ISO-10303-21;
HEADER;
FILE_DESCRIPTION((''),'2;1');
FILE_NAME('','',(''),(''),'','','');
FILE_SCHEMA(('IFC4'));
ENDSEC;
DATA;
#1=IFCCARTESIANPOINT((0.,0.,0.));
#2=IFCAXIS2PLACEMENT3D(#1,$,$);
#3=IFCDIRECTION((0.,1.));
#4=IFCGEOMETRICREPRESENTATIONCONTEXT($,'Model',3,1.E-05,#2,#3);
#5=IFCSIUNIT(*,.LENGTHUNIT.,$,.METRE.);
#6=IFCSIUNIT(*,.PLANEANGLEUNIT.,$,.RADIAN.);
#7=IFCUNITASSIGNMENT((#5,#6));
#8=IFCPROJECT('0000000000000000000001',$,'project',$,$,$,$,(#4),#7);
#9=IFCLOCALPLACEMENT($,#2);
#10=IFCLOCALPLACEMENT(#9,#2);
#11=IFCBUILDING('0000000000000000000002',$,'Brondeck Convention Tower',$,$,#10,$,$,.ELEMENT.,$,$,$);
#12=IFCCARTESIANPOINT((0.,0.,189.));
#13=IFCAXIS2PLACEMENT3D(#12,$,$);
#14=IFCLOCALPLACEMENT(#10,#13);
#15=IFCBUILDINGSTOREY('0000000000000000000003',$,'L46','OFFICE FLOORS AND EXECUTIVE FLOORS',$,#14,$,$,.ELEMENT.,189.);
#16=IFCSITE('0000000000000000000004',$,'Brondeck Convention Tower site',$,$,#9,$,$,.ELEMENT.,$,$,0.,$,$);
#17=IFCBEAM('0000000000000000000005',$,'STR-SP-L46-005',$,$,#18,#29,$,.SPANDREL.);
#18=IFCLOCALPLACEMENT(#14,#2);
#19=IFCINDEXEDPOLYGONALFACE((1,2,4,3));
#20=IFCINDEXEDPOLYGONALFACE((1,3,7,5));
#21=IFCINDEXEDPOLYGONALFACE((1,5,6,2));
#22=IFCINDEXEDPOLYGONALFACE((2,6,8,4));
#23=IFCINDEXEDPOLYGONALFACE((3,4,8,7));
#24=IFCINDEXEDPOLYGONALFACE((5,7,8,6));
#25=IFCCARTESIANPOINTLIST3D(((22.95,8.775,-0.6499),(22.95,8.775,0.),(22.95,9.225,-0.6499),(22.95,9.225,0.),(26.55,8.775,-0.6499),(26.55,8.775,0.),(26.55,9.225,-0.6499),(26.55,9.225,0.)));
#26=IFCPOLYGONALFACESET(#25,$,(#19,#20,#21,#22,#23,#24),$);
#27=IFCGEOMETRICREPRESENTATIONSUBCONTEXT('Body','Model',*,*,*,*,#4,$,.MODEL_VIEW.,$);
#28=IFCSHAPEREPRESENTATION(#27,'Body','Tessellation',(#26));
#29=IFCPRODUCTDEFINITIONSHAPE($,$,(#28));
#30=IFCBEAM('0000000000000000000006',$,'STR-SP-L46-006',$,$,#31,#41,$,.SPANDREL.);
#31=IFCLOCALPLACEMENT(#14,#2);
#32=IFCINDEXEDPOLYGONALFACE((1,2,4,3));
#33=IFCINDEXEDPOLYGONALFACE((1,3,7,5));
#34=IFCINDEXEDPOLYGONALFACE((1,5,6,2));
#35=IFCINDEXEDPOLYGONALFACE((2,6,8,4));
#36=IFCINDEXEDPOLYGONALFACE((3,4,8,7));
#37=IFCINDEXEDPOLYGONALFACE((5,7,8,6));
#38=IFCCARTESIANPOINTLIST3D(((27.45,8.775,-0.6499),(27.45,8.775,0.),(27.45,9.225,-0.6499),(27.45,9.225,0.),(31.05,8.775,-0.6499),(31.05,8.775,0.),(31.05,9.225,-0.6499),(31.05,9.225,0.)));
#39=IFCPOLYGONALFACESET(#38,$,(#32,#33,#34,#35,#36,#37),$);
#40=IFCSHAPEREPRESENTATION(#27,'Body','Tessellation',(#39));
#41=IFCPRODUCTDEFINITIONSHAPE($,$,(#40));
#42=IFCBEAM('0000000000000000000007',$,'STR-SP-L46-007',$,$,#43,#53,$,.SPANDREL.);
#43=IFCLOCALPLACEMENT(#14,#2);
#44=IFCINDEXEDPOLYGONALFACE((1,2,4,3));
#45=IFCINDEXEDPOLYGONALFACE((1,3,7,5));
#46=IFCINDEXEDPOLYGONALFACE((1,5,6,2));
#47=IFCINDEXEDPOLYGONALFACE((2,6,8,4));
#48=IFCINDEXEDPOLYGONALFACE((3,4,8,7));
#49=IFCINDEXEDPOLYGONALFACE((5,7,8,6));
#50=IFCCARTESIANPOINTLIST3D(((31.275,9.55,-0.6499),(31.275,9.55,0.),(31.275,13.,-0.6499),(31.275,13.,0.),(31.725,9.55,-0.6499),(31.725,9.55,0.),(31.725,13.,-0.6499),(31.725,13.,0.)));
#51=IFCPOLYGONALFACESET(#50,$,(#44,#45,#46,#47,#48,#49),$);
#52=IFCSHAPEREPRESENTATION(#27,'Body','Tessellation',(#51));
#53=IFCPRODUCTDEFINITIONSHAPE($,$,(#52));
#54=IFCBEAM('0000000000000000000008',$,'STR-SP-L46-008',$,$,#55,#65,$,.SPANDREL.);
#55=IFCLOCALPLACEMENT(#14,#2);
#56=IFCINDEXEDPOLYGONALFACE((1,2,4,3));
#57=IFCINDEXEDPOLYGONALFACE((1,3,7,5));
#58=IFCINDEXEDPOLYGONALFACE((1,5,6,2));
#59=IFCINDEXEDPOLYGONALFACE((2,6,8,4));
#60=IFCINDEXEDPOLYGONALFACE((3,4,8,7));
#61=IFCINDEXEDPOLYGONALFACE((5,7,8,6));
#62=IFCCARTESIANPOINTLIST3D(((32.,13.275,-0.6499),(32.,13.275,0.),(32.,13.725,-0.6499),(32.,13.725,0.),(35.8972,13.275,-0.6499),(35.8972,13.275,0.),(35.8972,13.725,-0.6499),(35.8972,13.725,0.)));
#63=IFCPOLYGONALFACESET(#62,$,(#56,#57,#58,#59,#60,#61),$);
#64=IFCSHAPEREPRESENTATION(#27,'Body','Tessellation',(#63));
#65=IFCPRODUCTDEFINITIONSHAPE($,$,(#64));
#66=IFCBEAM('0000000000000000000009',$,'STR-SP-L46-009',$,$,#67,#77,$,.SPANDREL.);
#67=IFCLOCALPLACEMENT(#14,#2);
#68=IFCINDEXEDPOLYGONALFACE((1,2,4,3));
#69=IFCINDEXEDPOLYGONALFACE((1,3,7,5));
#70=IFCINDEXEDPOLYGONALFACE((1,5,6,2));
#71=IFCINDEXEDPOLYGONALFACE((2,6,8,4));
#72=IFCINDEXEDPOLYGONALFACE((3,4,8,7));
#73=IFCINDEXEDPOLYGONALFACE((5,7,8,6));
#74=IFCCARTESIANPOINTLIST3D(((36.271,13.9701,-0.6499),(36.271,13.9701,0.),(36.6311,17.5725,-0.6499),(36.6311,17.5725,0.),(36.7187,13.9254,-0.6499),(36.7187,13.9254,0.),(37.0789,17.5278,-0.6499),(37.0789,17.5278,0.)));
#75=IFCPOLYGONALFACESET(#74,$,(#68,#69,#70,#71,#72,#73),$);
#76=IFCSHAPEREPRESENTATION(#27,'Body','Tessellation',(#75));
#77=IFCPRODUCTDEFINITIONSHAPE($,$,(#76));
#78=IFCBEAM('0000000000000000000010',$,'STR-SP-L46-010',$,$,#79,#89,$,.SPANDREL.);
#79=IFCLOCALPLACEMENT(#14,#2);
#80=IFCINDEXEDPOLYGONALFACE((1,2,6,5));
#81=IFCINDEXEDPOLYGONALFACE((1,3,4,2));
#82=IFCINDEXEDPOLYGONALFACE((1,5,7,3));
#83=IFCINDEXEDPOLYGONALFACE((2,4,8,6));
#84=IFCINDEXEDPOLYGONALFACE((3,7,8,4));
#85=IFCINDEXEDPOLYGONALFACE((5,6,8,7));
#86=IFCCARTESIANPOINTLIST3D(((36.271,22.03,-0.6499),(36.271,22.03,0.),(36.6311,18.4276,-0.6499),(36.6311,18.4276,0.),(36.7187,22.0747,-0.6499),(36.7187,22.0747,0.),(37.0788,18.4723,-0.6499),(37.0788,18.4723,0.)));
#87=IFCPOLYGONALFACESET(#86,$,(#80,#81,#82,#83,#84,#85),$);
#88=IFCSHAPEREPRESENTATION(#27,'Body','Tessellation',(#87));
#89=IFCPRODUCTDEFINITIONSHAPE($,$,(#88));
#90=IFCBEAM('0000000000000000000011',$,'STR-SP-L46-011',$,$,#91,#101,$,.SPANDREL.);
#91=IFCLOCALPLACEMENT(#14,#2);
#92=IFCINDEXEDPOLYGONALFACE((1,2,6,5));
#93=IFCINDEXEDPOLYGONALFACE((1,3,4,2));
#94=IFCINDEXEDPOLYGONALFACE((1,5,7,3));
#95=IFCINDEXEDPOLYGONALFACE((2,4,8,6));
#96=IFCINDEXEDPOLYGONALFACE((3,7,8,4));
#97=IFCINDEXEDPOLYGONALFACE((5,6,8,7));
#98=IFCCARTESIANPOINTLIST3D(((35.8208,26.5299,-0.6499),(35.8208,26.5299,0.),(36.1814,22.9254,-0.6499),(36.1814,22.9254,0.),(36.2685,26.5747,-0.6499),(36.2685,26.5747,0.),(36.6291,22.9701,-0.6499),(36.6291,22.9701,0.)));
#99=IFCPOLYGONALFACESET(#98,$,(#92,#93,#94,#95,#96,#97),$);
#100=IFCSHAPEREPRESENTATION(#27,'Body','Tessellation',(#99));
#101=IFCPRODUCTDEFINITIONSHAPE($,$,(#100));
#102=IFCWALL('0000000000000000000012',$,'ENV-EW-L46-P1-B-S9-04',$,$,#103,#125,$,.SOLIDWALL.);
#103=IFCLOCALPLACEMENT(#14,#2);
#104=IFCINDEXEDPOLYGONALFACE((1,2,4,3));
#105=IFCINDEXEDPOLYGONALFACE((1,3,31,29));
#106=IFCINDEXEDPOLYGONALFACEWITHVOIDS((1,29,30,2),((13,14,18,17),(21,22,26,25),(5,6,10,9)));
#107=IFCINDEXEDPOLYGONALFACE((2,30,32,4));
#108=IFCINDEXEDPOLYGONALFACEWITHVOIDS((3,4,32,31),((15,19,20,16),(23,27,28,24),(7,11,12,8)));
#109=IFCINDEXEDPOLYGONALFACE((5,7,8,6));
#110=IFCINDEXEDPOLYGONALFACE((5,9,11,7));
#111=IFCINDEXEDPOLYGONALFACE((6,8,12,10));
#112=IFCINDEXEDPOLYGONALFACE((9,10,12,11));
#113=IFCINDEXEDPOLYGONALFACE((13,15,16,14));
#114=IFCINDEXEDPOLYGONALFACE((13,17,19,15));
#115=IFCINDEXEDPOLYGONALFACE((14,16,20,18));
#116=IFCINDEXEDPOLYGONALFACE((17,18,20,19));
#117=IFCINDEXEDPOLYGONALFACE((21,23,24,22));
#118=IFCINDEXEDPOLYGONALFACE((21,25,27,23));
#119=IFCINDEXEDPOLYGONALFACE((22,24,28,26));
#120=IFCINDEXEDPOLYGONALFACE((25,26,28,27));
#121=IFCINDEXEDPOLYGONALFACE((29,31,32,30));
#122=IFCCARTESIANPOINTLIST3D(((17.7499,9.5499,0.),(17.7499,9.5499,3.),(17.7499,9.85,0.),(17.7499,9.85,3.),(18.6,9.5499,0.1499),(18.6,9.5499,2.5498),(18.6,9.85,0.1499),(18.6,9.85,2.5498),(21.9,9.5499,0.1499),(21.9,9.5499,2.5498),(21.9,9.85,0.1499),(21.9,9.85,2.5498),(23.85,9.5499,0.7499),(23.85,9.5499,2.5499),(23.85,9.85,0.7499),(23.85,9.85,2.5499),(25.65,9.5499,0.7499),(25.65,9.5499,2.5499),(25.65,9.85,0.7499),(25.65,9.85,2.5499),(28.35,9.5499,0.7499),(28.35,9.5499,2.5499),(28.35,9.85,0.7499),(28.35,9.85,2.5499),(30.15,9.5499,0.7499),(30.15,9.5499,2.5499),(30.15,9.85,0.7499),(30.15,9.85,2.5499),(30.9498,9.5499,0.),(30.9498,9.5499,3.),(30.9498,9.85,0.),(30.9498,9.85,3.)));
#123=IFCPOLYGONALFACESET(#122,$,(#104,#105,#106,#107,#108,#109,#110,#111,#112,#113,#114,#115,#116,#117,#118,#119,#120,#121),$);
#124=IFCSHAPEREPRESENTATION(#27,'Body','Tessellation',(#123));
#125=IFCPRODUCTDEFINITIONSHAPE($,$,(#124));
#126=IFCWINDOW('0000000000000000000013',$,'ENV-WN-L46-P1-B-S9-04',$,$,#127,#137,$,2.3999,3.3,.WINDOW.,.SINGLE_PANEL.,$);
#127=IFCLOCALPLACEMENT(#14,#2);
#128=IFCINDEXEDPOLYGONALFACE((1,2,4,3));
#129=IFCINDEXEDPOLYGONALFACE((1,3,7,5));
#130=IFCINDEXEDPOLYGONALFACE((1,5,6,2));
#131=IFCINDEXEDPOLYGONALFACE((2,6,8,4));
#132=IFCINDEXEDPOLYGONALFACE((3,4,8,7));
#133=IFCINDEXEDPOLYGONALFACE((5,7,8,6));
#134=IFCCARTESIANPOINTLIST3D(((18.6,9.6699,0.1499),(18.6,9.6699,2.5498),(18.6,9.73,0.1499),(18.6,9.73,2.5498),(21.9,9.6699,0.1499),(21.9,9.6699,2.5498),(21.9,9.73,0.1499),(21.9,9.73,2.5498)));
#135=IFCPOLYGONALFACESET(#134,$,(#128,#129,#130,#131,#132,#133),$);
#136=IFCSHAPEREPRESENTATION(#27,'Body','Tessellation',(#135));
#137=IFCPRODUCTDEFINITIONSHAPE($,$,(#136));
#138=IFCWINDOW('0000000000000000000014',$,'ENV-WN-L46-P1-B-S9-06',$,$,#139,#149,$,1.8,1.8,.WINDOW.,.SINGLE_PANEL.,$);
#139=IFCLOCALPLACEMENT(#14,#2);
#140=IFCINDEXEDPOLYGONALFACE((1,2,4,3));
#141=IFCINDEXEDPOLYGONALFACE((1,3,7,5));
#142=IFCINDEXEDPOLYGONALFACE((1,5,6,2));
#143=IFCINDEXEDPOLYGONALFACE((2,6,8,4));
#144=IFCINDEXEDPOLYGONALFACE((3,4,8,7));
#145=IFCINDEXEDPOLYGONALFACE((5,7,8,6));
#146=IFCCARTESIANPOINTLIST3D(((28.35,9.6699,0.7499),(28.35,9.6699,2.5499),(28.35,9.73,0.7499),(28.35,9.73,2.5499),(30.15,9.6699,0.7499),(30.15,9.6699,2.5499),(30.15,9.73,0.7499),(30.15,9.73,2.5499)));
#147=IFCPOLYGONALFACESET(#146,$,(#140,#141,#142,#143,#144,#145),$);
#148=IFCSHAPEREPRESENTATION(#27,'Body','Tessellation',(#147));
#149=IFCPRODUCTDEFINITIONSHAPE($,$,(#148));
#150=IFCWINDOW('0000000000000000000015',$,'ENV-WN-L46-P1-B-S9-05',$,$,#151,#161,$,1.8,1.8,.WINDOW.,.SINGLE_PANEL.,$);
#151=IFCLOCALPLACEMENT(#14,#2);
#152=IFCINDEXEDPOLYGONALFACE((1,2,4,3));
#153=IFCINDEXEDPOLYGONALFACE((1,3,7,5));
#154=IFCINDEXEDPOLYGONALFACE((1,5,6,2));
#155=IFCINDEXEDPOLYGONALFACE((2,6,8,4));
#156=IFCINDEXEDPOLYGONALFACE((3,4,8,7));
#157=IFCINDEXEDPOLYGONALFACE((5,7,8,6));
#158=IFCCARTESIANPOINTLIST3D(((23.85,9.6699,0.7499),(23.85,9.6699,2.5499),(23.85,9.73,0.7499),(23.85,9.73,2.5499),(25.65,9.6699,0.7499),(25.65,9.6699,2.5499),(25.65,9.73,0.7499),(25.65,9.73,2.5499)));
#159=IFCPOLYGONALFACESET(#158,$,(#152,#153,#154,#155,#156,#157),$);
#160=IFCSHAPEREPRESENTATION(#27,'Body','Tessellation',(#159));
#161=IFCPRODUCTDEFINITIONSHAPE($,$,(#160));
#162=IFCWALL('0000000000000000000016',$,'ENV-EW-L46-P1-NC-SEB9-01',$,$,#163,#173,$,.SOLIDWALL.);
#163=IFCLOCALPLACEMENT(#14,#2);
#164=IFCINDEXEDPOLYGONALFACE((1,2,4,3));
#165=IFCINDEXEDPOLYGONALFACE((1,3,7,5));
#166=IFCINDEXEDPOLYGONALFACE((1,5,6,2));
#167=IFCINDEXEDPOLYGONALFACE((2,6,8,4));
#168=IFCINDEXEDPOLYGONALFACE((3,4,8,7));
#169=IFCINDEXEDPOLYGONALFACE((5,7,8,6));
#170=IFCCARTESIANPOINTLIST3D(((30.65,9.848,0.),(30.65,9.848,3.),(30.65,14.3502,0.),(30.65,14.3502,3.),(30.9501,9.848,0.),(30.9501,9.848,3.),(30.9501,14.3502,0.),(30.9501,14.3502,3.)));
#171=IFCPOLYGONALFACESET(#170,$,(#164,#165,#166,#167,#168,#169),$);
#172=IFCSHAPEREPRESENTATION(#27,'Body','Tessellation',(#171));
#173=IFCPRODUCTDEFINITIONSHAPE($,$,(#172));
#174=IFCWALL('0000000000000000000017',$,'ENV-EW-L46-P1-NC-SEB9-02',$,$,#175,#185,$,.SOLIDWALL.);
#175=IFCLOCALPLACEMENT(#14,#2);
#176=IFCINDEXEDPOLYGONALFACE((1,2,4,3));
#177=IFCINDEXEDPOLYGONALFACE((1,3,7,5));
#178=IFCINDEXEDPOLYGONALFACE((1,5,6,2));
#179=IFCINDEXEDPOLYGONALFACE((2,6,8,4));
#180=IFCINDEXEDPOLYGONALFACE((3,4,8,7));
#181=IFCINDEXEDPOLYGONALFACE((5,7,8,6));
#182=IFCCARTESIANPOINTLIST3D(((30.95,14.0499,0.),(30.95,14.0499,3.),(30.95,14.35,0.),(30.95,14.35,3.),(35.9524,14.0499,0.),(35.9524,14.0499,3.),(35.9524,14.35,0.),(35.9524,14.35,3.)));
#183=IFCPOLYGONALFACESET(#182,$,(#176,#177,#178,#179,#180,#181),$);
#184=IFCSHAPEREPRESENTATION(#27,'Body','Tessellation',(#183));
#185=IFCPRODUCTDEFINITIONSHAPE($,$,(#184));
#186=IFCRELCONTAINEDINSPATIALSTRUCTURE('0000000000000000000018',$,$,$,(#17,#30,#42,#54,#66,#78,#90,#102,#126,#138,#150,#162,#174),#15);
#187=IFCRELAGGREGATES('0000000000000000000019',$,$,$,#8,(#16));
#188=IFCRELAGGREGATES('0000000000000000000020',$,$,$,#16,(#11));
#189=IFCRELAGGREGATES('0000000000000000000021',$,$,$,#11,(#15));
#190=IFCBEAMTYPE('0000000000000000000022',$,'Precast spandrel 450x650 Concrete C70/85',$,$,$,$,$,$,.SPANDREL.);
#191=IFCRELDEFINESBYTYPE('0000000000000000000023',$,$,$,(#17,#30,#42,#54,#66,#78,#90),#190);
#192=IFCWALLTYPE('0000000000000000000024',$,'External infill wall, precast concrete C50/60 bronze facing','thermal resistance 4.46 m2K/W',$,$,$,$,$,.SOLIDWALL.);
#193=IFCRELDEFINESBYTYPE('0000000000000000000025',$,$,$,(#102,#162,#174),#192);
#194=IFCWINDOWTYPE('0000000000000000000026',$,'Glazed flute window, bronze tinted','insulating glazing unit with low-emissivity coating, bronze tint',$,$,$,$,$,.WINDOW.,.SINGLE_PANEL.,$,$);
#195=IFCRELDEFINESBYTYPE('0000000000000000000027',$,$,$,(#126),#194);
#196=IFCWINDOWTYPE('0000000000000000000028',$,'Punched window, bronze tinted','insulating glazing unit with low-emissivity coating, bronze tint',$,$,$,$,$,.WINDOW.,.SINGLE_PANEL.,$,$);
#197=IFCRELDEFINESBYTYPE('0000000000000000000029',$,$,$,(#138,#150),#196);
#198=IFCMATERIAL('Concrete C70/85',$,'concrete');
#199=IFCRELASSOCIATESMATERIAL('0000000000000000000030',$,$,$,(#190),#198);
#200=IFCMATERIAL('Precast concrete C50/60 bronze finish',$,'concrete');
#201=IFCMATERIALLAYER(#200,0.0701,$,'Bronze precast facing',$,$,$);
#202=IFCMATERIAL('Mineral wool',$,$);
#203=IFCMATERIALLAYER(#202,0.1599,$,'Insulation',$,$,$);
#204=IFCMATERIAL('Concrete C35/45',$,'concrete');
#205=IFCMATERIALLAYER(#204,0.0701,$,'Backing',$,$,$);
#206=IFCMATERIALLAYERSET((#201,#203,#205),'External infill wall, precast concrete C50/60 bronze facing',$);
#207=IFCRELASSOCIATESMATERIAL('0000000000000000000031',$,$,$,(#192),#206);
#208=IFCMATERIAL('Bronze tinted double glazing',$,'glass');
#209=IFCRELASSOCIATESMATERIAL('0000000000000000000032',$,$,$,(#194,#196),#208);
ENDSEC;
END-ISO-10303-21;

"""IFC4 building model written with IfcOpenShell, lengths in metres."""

from ifc_helpers import new_model, si_unit, direction, frame, frame_2d, origin, origin_2d, place, context, subcontext, project, spatial, rectangle, extrude, material, layer, layer_set, material_profile, profile_set, type_object, element, fill, save


model = new_model("IFC4")

# Units and contexts
model_context = context("Model", 3, precision=1e-05, world=origin(), true_north=direction((0.0, 1.0)))
body_context = subcontext(model_context, "Body", "Model", "MODEL_VIEW")
ifc_project = project(units=[si_unit("LENGTHUNIT", "METRE"), si_unit("PLANEANGLEUNIT", "RADIAN")], contexts=[model_context])

# Site, building, storey
site_placement = place(None, origin())
site = spatial("IfcSite", under=ifc_project, at=site_placement, Name="Brondeck Convention Tower site", CompositionType="ELEMENT", RefElevation=0.0)
building_placement = place(site_placement, origin())
building = spatial("IfcBuilding", under=site, at=building_placement, Name="Brondeck Convention Tower", CompositionType="ELEMENT")
storey_placement = place(building_placement, frame((0.0, 0.0, 189.0)))
storey = spatial("IfcBuildingStorey", under=building, at=storey_placement, Name="L46", Description="OFFICE FLOORS AND EXECUTIVE FLOORS", CompositionType="ELEMENT", Elevation=189.0)

# Shared definitions
ifc_material_1 = material(Name="Concrete C70/85", Category="concrete")

# Beams
ifc_material_profile_1 = material_profile(ifc_material_1, rectangle(XDim=0.45, YDim=0.6499, at=origin_2d()), Name="Precast spandrel 450x650 Concrete C70/85")
ifc_profile_set_1 = profile_set([ifc_material_profile_1], Name="Concrete C70/85")
beam_type_1 = type_object("IfcBeamType", Name="Precast spandrel 450x650 Concrete C70/85", PredefinedType="SPANDREL", material=ifc_profile_set_1)
for number, where, z_axis, x_axis, name in (
    (1, (22.95, 9.0, -0.325), (1.0, 0.0, 0.0), (0.0, 1.0, 0.0), "STR-SP-L46-005"),
    (2, (27.45, 9.0, -0.325), (1.0, 0.0, 0.0), (0.0, 1.0, 0.0), "STR-SP-L46-006"),
):
    element("IfcBeam", number, at=place(storey_placement, frame(where, z_axis=z_axis, x_axis=x_axis)), inside=storey, type_object=beam_type_1, Name=name, PredefinedType="SPANDREL", context=body_context, shape_type="SweptSolid", body=[
        extrude(rectangle(XDim=0.45, YDim=0.6499, at=origin_2d()), origin(), (0.0, 0.0, 1.0), 3.6001),
    ])
beam_1_placement = place(storey_placement, frame((31.5, 9.55, -0.325), z_axis=(0.0, 1.0, 0.0), x_axis=(-1.0, 0.0, 0.0)))
element("IfcBeam", 3, at=beam_1_placement, inside=storey, type_object=beam_type_1, Name="STR-SP-L46-007", PredefinedType="SPANDREL", context=body_context, shape_type="SweptSolid", body=[
    extrude(rectangle(XDim=0.45, YDim=0.6499, at=origin_2d()), origin(), (0.0, 0.0, 1.0), 3.45),
])
beam_2_placement = place(storey_placement, frame((32.0, 13.5, -0.325), z_axis=(1.0, 0.0, 0.0), x_axis=(0.0, 1.0, 0.0)))
element("IfcBeam", 4, at=beam_2_placement, inside=storey, type_object=beam_type_1, Name="STR-SP-L46-008", PredefinedType="SPANDREL", context=body_context, shape_type="SweptSolid", body=[
    extrude(rectangle(XDim=0.45, YDim=0.6499, at=origin_2d()), origin(), (0.0, 0.0, 1.0), 3.8972),
])
for number, where, z_axis, x_axis, name in (
    (5, (36.4949, 13.9478, -0.325), (0.09947, 0.995041, 0.0), (-0.995041, 0.09947, 0.0), "STR-SP-L46-009"),
    (6, (36.855, 18.45, -0.325), (-0.09947, 0.995041, 0.0), (-0.995041, -0.09947, 0.0), "STR-SP-L46-010"),
):
    element("IfcBeam", number, at=place(storey_placement, frame(where, z_axis=z_axis, x_axis=x_axis)), inside=storey, type_object=beam_type_1, Name=name, PredefinedType="SPANDREL", context=body_context, shape_type="SweptSolid", body=[
        extrude(rectangle(XDim=0.45, YDim=0.6499, at=origin_2d()), origin(), (0.0, 0.0, 1.0), 3.6204),
    ])
beam_3_placement = place(storey_placement, frame((36.4053, 22.9478, -0.325), z_axis=(-0.099544, 0.995033, 0.0), x_axis=(-0.995033, -0.099544, 0.0)))
element("IfcBeam", 7, at=beam_3_placement, inside=storey, type_object=beam_type_1, Name="STR-SP-L46-011", PredefinedType="SPANDREL", context=body_context, shape_type="SweptSolid", body=[
    extrude(rectangle(XDim=0.45, YDim=0.6499, at=origin_2d()), origin(), (0.0, 0.0, 1.0), 3.6226),
])

# Wall, openings, windows
ifc_material_2 = material(Name="Precast concrete C50/60 bronze finish", Category="concrete")
ifc_layer_1 = layer(ifc_material_2, 0.0701, Name="Bronze precast facing")
ifc_material_3 = material(Name="Mineral wool")
ifc_layer_2 = layer(ifc_material_3, 0.1599, Name="Insulation")
ifc_material_4 = material(Name="Concrete C35/45", Category="concrete")
ifc_layer_3 = layer(ifc_material_4, 0.0701, Name="Backing")
ifc_layer_set_1 = layer_set([ifc_layer_1, ifc_layer_2, ifc_layer_3], Name="External infill wall, precast concrete C50/60 bronze facing")
wall_type_1 = type_object("IfcWallType", Name="External infill wall, precast concrete C50/60 bronze facing", Description="thermal resistance 4.46 m2K/W", PredefinedType="SOLIDWALL", material=ifc_layer_set_1)
wall_1_placement = place(storey_placement, frame((30.95, 9.7, 0.0), z_axis=(0.0, 0.0, 1.0), x_axis=(-1.0, 0.0, 0.0)))
wall_1 = element("IfcWall", 8, at=wall_1_placement, inside=storey, type_object=wall_type_1, Name="ENV-EW-L46-P1-B-S9-04", PredefinedType="SOLIDWALL", context=body_context, shape_type="SweptSolid", body=[
    extrude(rectangle(XDim=13.2, YDim=0.3, at=frame_2d((6.6001, 0.0))), origin(), (0.0, 0.0, 1.0), 3.0),
])
opening_1_placement = place(wall_1_placement, frame((0.8, 0.0, 0.75)))
opening_1 = element("IfcOpeningElement", 9, at=opening_1_placement, cuts=wall_1, PredefinedType="OPENING", context=body_context, shape_type="SweptSolid", body=[
    extrude(rectangle(XDim=1.8, YDim=1.8, at=frame_2d((0.8999, 0.8999))), frame((0.0, 0.1599, 0.0), z_axis=(0.0, -1.0, 0.0), x_axis=(1.0, 0.0, 0.0)), (0.0, 0.0, 1.0), 0.3201),
])
opening_2_placement = place(wall_1_placement, frame((5.3, 0.0, 0.75)))
opening_2 = element("IfcOpeningElement", 10, at=opening_2_placement, cuts=wall_1, PredefinedType="OPENING", context=body_context, shape_type="SweptSolid", body=[
    extrude(rectangle(XDim=1.8, YDim=1.8, at=frame_2d((0.8999, 0.8999))), frame((0.0, 0.1599, 0.0), z_axis=(0.0, -1.0, 0.0), x_axis=(1.0, 0.0, 0.0)), (0.0, 0.0, 1.0), 0.3201),
])
opening_3_placement = place(wall_1_placement, frame((9.05, 0.0, 0.1499)))
opening_3 = element("IfcOpeningElement", 11, at=opening_3_placement, cuts=wall_1, PredefinedType="OPENING", context=body_context, shape_type="SweptSolid", body=[
    extrude(rectangle(XDim=3.3, YDim=2.3999, at=frame_2d((1.6499, 1.2))), frame((0.0, 0.1599, 0.0), z_axis=(0.0, -1.0, 0.0), x_axis=(1.0, 0.0, 0.0)), (0.0, 0.0, 1.0), 0.3201),
])
ifc_material_5 = material(Name="Bronze tinted double glazing", Category="glass")
window_type_1 = type_object("IfcWindowType", Name="Glazed flute window, bronze tinted", Description="insulating glazing unit with low-emissivity coating, bronze tint", PartitioningType="SINGLE_PANEL", PredefinedType="WINDOW", material=ifc_material_5)
window_1_placement = place(opening_3_placement, origin())
window_1 = element("IfcWindow", 12, at=window_1_placement, inside=storey, type_object=window_type_1, Name="ENV-WN-L46-P1-B-S9-04", OverallHeight=2.3999, OverallWidth=3.3, PartitioningType="SINGLE_PANEL", PredefinedType="WINDOW", context=body_context, shape_type="SweptSolid", body=[
    extrude(rectangle(XDim=3.3, YDim=2.3999, at=frame_2d((1.6499, 1.2))), frame((0.0, 0.03, 0.0), z_axis=(0.0, -1.0, 0.0), x_axis=(1.0, 0.0, 0.0)), (0.0, 0.0, 1.0), 0.0601),
])
fill(opening_3, window_1)
window_type_2 = type_object("IfcWindowType", Name="Punched window, bronze tinted", Description="insulating glazing unit with low-emissivity coating, bronze tint", PartitioningType="SINGLE_PANEL", PredefinedType="WINDOW", material=ifc_material_5)
window_2_placement = place(opening_1_placement, origin())
window_2 = element("IfcWindow", 13, at=window_2_placement, inside=storey, type_object=window_type_2, Name="ENV-WN-L46-P1-B-S9-06", OverallHeight=1.8, OverallWidth=1.8, PartitioningType="SINGLE_PANEL", PredefinedType="WINDOW", context=body_context, shape_type="SweptSolid", body=[
    extrude(rectangle(XDim=1.8, YDim=1.8, at=frame_2d((0.8999, 0.8999))), frame((0.0, 0.03, 0.0), z_axis=(0.0, -1.0, 0.0), x_axis=(1.0, 0.0, 0.0)), (0.0, 0.0, 1.0), 0.0601),
])
fill(opening_1, window_2)
window_3_placement = place(opening_2_placement, origin())
window_3 = element("IfcWindow", 14, at=window_3_placement, inside=storey, type_object=window_type_2, Name="ENV-WN-L46-P1-B-S9-05", OverallHeight=1.8, OverallWidth=1.8, PartitioningType="SINGLE_PANEL", PredefinedType="WINDOW", context=body_context, shape_type="SweptSolid", body=[
    extrude(rectangle(XDim=1.8, YDim=1.8, at=frame_2d((0.8999, 0.8999))), frame((0.0, 0.03, 0.0), z_axis=(0.0, -1.0, 0.0), x_axis=(1.0, 0.0, 0.0)), (0.0, 0.0, 1.0), 0.0601),
])
fill(opening_2, window_3)

# Walls
wall_2_placement = place(storey_placement, frame((30.8, 14.3501, 0.0), z_axis=(0.0, 0.0, 1.0), x_axis=(0.0, -1.0, 0.0)))
element("IfcWall", 15, at=wall_2_placement, inside=storey, type_object=wall_type_1, Name="ENV-EW-L46-P1-NC-SEB9-01", PredefinedType="SOLIDWALL", context=body_context, shape_type="SweptSolid", body=[
    extrude(rectangle(XDim=4.5022, YDim=0.3, at=frame_2d((2.251, 0.0))), origin(), (0.0, 0.0, 1.0), 3.0),
])
wall_3_placement = place(storey_placement, frame((35.9524, 14.2, 0.0), z_axis=(0.0, 0.0, 1.0), x_axis=(-1.0, 0.0, 0.0)))
element("IfcWall", 16, at=wall_3_placement, inside=storey, type_object=wall_type_1, Name="ENV-EW-L46-P1-NC-SEB9-02", PredefinedType="SOLIDWALL", context=body_context, shape_type="SweptSolid", body=[
    extrude(rectangle(XDim=5.0024, YDim=0.3, at=frame_2d((2.5012, 0.0))), origin(), (0.0, 0.0, 1.0), 3.0),
])

save(model, "model.ifc")
